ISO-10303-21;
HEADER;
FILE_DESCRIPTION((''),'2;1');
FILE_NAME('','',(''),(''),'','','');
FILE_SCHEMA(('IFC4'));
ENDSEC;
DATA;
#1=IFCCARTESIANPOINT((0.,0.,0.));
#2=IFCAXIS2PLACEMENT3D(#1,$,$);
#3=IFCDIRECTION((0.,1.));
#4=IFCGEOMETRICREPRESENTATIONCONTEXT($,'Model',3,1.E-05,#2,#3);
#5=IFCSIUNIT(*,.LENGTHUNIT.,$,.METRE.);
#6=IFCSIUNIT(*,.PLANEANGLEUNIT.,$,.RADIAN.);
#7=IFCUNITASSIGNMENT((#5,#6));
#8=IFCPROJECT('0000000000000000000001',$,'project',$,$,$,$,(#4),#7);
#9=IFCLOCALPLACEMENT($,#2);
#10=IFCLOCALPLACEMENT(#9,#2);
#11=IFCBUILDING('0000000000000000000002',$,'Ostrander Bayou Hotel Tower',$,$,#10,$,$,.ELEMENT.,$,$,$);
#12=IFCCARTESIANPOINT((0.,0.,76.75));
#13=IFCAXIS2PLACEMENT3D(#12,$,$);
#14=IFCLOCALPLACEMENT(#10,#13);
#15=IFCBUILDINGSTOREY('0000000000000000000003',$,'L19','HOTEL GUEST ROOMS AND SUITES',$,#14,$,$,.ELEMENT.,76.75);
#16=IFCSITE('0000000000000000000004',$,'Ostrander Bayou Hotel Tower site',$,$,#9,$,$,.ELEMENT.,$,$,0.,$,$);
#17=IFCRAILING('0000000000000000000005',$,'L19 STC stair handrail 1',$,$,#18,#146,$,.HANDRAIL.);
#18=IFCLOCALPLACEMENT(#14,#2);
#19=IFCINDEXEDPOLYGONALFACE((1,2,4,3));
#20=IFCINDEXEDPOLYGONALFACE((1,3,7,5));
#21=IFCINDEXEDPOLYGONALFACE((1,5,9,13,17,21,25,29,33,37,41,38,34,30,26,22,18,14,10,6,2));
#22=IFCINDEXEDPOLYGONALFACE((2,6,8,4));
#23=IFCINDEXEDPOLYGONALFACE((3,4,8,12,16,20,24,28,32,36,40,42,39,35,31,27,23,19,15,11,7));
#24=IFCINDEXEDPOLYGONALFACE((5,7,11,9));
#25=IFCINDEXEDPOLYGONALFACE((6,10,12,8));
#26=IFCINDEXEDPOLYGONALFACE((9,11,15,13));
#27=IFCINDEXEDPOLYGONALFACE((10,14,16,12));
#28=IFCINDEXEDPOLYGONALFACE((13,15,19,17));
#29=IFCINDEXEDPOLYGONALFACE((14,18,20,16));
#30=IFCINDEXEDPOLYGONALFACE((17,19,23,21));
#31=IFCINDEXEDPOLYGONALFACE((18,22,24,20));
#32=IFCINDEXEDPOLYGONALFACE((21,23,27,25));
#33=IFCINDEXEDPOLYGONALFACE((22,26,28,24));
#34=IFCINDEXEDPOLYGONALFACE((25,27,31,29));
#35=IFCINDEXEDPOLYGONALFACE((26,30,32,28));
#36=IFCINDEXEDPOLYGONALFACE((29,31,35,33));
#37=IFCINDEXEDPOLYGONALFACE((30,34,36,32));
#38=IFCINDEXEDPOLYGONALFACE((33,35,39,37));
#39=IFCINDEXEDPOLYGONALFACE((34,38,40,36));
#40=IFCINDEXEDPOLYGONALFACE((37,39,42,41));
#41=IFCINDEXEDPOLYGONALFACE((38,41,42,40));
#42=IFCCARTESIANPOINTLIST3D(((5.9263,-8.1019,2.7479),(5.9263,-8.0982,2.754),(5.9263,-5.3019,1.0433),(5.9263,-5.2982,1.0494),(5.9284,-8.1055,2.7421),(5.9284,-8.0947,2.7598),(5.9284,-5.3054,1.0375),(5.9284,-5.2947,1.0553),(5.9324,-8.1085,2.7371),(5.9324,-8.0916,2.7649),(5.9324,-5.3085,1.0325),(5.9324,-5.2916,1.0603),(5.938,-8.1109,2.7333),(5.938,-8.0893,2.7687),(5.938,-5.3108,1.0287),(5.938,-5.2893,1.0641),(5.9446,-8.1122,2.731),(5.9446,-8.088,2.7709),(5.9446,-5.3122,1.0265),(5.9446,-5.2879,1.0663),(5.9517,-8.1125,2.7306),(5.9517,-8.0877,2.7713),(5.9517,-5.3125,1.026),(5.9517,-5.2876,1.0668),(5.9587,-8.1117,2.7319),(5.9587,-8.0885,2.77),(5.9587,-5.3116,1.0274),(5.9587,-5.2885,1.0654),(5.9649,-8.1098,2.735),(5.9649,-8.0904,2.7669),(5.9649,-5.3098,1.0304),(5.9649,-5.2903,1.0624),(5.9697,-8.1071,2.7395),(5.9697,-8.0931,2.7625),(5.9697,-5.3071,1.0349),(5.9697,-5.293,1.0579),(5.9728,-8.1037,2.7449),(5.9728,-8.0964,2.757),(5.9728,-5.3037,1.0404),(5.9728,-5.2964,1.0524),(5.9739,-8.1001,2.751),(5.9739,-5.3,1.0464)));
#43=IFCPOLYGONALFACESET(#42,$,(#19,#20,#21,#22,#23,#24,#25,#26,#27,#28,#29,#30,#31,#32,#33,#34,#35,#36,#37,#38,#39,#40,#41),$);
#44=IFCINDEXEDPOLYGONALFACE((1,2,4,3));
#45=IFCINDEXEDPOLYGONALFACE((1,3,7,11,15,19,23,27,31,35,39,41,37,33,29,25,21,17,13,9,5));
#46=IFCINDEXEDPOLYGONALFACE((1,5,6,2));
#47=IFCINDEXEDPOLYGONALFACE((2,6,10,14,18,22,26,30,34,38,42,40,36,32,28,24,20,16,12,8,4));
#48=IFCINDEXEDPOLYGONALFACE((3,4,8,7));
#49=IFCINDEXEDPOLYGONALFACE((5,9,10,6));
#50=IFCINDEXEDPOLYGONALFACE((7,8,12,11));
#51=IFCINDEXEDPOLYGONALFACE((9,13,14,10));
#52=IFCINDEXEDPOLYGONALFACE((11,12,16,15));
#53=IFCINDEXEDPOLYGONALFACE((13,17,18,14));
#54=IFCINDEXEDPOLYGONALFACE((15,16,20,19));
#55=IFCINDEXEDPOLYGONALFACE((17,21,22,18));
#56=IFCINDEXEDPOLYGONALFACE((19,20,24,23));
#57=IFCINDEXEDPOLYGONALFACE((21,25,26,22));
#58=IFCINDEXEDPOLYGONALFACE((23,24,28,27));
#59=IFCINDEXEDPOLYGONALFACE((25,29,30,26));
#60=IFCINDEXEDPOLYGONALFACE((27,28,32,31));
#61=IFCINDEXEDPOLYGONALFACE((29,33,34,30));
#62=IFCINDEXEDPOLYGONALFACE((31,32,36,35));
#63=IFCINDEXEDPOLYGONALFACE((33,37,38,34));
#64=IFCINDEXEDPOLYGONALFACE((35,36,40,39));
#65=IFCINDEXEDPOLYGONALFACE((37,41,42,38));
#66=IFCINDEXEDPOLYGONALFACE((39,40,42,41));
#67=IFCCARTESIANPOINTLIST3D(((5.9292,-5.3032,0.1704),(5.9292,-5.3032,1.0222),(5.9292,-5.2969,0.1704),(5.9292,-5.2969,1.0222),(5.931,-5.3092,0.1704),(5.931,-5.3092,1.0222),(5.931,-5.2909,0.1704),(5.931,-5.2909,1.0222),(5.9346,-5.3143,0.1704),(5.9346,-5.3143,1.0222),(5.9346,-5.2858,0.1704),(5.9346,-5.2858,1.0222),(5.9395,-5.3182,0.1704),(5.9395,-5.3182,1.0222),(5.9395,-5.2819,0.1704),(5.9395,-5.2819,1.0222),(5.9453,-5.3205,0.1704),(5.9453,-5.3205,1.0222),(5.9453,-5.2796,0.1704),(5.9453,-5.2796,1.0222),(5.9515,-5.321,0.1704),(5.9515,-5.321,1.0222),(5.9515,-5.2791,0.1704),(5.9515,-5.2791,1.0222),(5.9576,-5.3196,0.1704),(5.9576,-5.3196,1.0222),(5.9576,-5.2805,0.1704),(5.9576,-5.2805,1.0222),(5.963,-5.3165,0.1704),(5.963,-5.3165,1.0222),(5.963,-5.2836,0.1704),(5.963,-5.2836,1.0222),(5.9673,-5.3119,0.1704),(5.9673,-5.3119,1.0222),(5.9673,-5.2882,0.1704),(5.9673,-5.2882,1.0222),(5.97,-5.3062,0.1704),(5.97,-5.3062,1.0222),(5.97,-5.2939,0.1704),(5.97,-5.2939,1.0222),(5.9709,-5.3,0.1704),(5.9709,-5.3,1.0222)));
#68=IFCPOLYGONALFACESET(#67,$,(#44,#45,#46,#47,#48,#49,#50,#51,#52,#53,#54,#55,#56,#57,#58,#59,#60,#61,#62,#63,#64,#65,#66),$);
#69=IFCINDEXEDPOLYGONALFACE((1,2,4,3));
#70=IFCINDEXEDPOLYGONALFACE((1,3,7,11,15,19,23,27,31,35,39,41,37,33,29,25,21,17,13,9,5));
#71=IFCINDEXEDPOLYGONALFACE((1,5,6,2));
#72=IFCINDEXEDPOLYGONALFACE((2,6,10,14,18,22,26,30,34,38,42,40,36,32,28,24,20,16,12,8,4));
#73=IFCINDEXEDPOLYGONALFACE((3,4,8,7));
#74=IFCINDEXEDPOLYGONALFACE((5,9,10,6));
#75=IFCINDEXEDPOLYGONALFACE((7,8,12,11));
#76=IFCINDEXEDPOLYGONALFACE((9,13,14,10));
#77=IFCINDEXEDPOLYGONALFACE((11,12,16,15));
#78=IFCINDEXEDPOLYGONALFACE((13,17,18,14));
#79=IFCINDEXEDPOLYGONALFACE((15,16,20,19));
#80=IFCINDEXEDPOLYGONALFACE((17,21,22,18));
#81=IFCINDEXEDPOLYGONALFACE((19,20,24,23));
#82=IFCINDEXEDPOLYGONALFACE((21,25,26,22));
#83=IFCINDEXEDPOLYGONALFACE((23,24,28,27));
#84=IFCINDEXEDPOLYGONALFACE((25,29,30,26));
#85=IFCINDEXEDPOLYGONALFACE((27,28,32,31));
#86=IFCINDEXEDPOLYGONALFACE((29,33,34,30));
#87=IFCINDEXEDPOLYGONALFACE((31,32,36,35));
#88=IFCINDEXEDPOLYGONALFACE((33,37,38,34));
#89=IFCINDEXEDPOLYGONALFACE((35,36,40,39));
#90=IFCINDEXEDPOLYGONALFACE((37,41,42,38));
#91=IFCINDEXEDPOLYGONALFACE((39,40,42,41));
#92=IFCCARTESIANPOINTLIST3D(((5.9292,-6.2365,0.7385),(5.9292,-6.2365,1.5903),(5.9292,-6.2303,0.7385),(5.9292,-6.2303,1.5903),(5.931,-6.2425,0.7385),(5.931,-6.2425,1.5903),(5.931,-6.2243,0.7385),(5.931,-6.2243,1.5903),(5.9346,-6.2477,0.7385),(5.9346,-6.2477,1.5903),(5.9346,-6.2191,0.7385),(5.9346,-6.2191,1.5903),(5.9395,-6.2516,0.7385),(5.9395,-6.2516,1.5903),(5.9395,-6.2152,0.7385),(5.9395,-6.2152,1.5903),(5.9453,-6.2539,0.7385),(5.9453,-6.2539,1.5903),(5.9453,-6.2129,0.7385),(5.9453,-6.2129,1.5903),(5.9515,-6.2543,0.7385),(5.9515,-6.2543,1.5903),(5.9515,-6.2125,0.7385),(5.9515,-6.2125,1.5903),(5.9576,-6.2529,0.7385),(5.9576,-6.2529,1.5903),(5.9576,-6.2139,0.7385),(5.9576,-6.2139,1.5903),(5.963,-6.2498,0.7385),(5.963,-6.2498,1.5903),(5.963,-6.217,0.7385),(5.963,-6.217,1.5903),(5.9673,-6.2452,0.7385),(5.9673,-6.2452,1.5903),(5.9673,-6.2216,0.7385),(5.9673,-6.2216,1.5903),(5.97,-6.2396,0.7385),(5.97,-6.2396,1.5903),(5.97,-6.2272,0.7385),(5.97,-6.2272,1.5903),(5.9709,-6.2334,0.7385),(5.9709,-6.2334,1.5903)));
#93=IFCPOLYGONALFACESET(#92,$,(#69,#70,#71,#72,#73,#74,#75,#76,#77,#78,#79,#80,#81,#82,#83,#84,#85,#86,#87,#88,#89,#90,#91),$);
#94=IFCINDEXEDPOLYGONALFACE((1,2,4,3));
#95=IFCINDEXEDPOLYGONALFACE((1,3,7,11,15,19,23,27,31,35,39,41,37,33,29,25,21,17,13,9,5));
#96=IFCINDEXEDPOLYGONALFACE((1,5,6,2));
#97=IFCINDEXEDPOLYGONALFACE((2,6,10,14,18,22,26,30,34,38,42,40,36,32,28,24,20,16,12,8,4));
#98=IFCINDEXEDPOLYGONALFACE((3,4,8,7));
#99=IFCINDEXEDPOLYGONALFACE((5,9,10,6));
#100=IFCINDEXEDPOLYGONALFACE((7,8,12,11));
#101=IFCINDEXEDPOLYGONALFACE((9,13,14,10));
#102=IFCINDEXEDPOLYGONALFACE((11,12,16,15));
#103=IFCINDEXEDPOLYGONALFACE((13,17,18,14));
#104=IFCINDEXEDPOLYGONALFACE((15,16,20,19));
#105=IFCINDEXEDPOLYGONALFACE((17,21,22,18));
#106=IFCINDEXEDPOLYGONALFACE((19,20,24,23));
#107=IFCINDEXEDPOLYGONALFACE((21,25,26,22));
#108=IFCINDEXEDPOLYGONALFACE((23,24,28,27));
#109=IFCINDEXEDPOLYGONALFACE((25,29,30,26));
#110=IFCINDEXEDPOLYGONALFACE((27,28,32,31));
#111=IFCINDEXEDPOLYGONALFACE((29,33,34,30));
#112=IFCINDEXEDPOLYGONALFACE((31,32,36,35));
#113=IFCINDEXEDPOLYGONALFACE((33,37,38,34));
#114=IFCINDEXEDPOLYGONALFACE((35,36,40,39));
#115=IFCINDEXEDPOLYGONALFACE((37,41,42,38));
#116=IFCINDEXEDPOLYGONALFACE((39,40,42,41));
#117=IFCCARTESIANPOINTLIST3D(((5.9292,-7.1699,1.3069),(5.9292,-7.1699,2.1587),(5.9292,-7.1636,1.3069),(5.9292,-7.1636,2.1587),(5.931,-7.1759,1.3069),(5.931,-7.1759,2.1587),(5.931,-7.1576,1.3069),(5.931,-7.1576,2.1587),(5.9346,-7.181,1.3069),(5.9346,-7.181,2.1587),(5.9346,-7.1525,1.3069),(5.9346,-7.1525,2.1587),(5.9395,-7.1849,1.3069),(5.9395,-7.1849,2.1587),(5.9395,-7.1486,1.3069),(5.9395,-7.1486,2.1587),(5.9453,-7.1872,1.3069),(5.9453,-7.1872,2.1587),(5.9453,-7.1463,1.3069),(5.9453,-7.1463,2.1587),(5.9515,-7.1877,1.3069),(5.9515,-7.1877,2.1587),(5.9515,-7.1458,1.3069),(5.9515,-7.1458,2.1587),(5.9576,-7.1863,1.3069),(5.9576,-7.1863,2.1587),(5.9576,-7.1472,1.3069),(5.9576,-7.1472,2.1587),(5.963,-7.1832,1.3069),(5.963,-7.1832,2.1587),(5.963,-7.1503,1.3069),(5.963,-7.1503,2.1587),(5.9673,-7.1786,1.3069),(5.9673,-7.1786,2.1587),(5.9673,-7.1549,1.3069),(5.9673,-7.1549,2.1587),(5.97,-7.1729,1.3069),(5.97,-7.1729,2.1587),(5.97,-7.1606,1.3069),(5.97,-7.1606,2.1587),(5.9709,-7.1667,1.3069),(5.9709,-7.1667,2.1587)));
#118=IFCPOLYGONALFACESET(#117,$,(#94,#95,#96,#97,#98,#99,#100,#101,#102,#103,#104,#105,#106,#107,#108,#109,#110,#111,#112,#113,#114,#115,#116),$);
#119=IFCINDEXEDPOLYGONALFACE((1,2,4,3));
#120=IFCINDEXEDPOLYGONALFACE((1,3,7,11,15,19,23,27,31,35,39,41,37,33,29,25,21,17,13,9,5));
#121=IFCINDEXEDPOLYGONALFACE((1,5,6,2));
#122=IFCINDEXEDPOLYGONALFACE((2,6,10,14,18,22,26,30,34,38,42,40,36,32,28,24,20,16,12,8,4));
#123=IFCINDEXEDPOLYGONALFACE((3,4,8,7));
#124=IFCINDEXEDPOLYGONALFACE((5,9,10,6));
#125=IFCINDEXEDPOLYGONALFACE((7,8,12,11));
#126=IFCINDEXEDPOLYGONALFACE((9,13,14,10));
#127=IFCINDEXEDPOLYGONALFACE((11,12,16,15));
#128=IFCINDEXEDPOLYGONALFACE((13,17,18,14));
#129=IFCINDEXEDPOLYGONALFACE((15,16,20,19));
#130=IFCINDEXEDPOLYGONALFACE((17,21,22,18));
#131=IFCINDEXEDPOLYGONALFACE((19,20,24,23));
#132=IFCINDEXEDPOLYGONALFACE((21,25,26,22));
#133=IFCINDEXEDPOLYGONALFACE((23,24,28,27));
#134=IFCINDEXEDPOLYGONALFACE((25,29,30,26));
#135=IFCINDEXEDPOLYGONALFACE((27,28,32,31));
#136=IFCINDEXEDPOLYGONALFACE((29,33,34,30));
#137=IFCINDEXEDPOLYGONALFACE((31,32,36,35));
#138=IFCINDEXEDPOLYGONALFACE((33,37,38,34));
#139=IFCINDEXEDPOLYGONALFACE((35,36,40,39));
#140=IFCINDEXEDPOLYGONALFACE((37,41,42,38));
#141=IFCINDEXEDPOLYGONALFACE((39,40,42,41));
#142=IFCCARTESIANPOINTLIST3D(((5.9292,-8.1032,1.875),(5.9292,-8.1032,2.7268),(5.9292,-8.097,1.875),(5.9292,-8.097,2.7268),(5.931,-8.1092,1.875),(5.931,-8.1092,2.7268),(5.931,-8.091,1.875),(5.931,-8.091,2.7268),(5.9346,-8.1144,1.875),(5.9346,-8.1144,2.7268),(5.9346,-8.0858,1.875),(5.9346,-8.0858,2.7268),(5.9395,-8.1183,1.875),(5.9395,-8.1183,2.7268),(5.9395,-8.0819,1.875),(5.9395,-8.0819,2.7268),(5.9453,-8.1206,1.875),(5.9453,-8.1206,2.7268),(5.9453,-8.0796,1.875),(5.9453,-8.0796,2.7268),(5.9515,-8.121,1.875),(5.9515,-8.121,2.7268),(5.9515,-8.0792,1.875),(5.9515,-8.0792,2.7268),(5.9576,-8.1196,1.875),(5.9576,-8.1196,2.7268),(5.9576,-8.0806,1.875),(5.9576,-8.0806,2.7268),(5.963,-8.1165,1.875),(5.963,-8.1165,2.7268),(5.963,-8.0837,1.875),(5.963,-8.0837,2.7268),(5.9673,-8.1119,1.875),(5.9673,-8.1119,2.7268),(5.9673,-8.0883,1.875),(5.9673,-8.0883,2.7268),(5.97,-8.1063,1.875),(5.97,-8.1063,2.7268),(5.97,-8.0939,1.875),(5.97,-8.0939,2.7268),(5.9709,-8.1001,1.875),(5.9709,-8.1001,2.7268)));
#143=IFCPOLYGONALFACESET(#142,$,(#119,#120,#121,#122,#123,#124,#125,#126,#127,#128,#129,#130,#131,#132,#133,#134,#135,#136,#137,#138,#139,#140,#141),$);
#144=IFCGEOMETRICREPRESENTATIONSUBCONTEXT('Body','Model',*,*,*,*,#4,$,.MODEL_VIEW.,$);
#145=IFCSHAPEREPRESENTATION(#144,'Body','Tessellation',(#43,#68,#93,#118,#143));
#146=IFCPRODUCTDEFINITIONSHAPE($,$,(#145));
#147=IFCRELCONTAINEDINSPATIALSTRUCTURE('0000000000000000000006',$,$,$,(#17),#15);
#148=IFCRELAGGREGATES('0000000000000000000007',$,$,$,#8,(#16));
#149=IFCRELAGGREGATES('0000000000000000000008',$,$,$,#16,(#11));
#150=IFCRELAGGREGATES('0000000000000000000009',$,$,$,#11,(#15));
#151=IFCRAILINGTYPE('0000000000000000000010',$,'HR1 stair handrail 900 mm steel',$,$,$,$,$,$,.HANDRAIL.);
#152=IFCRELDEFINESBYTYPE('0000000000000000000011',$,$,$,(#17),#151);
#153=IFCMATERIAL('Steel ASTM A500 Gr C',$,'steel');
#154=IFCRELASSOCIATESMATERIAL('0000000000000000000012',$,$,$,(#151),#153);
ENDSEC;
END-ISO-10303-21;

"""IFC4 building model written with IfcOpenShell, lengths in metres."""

from ifc_helpers import new_model, si_unit, direction, frame, origin, origin_2d, place, context, subcontext, project, spatial, circle, extrude, material, type_object, element, save


model = new_model("IFC4")

# Units and contexts
model_context = context("Model", 3, precision=1e-05, world=origin(), true_north=direction((0.0, 1.0)))
body_context = subcontext(model_context, "Body", "Model", "MODEL_VIEW")
ifc_project = project(units=[si_unit("LENGTHUNIT", "METRE"), si_unit("PLANEANGLEUNIT", "RADIAN")], contexts=[model_context])

# Site, building, storey
site_placement = place(None, origin())
site = spatial("IfcSite", under=ifc_project, at=site_placement, Name="Ostrander Bayou Hotel Tower site", CompositionType="ELEMENT", RefElevation=0.0)
building_placement = place(site_placement, origin())
building = spatial("IfcBuilding", under=site, at=building_placement, Name="Ostrander Bayou Hotel Tower", CompositionType="ELEMENT")
storey_placement = place(building_placement, frame((0.0, 0.0, 76.75)))
storey = spatial("IfcBuildingStorey", under=building, at=storey_placement, Name="L19", Description="HOTEL GUEST ROOMS AND SUITES", CompositionType="ELEMENT", Elevation=76.75)

# Railing
ifc_material_1 = material(Name="Steel ASTM A500 Gr C", Category="steel")
railing_type_1 = type_object("IfcRailingType", Name="HR1 stair handrail 900 mm steel", PredefinedType="HANDRAIL", material=ifc_material_1)
railing_1_placement = place(storey_placement, frame((5.95, -5.3, 0.1704)))
element("IfcRailing", 1, at=railing_1_placement, inside=storey, type_object=railing_type_1, Name="L19 STC stair handrail 1", PredefinedType="HANDRAIL", context=body_context, shape_type="SweptSolid", body=[
    extrude(circle(Radius=0.0239, at=origin_2d()), frame((0.0, 0.0, 0.876), z_axis=(0.0, -0.85417, 0.519994), x_axis=(1.0, 0.0, 0.0)), (0.0, 0.0, 1.0), 3.2781),
    extrude(circle(Radius=0.021, at=origin_2d()), origin(), (0.0, 0.0, 1.0), 0.8518),
    extrude(circle(Radius=0.021, at=origin_2d()), frame((0.0, -0.9333, 0.5681)), (0.0, 0.0, 1.0), 0.8518),
    extrude(circle(Radius=0.021, at=origin_2d()), frame((0.0, -1.8667, 1.1365)), (0.0, 0.0, 1.0), 0.8518),
    extrude(circle(Radius=0.021, at=origin_2d()), frame((0.0, -2.8, 1.7046)), (0.0, 0.0, 1.0), 0.8518),
])

save(model, "model.ifc")
